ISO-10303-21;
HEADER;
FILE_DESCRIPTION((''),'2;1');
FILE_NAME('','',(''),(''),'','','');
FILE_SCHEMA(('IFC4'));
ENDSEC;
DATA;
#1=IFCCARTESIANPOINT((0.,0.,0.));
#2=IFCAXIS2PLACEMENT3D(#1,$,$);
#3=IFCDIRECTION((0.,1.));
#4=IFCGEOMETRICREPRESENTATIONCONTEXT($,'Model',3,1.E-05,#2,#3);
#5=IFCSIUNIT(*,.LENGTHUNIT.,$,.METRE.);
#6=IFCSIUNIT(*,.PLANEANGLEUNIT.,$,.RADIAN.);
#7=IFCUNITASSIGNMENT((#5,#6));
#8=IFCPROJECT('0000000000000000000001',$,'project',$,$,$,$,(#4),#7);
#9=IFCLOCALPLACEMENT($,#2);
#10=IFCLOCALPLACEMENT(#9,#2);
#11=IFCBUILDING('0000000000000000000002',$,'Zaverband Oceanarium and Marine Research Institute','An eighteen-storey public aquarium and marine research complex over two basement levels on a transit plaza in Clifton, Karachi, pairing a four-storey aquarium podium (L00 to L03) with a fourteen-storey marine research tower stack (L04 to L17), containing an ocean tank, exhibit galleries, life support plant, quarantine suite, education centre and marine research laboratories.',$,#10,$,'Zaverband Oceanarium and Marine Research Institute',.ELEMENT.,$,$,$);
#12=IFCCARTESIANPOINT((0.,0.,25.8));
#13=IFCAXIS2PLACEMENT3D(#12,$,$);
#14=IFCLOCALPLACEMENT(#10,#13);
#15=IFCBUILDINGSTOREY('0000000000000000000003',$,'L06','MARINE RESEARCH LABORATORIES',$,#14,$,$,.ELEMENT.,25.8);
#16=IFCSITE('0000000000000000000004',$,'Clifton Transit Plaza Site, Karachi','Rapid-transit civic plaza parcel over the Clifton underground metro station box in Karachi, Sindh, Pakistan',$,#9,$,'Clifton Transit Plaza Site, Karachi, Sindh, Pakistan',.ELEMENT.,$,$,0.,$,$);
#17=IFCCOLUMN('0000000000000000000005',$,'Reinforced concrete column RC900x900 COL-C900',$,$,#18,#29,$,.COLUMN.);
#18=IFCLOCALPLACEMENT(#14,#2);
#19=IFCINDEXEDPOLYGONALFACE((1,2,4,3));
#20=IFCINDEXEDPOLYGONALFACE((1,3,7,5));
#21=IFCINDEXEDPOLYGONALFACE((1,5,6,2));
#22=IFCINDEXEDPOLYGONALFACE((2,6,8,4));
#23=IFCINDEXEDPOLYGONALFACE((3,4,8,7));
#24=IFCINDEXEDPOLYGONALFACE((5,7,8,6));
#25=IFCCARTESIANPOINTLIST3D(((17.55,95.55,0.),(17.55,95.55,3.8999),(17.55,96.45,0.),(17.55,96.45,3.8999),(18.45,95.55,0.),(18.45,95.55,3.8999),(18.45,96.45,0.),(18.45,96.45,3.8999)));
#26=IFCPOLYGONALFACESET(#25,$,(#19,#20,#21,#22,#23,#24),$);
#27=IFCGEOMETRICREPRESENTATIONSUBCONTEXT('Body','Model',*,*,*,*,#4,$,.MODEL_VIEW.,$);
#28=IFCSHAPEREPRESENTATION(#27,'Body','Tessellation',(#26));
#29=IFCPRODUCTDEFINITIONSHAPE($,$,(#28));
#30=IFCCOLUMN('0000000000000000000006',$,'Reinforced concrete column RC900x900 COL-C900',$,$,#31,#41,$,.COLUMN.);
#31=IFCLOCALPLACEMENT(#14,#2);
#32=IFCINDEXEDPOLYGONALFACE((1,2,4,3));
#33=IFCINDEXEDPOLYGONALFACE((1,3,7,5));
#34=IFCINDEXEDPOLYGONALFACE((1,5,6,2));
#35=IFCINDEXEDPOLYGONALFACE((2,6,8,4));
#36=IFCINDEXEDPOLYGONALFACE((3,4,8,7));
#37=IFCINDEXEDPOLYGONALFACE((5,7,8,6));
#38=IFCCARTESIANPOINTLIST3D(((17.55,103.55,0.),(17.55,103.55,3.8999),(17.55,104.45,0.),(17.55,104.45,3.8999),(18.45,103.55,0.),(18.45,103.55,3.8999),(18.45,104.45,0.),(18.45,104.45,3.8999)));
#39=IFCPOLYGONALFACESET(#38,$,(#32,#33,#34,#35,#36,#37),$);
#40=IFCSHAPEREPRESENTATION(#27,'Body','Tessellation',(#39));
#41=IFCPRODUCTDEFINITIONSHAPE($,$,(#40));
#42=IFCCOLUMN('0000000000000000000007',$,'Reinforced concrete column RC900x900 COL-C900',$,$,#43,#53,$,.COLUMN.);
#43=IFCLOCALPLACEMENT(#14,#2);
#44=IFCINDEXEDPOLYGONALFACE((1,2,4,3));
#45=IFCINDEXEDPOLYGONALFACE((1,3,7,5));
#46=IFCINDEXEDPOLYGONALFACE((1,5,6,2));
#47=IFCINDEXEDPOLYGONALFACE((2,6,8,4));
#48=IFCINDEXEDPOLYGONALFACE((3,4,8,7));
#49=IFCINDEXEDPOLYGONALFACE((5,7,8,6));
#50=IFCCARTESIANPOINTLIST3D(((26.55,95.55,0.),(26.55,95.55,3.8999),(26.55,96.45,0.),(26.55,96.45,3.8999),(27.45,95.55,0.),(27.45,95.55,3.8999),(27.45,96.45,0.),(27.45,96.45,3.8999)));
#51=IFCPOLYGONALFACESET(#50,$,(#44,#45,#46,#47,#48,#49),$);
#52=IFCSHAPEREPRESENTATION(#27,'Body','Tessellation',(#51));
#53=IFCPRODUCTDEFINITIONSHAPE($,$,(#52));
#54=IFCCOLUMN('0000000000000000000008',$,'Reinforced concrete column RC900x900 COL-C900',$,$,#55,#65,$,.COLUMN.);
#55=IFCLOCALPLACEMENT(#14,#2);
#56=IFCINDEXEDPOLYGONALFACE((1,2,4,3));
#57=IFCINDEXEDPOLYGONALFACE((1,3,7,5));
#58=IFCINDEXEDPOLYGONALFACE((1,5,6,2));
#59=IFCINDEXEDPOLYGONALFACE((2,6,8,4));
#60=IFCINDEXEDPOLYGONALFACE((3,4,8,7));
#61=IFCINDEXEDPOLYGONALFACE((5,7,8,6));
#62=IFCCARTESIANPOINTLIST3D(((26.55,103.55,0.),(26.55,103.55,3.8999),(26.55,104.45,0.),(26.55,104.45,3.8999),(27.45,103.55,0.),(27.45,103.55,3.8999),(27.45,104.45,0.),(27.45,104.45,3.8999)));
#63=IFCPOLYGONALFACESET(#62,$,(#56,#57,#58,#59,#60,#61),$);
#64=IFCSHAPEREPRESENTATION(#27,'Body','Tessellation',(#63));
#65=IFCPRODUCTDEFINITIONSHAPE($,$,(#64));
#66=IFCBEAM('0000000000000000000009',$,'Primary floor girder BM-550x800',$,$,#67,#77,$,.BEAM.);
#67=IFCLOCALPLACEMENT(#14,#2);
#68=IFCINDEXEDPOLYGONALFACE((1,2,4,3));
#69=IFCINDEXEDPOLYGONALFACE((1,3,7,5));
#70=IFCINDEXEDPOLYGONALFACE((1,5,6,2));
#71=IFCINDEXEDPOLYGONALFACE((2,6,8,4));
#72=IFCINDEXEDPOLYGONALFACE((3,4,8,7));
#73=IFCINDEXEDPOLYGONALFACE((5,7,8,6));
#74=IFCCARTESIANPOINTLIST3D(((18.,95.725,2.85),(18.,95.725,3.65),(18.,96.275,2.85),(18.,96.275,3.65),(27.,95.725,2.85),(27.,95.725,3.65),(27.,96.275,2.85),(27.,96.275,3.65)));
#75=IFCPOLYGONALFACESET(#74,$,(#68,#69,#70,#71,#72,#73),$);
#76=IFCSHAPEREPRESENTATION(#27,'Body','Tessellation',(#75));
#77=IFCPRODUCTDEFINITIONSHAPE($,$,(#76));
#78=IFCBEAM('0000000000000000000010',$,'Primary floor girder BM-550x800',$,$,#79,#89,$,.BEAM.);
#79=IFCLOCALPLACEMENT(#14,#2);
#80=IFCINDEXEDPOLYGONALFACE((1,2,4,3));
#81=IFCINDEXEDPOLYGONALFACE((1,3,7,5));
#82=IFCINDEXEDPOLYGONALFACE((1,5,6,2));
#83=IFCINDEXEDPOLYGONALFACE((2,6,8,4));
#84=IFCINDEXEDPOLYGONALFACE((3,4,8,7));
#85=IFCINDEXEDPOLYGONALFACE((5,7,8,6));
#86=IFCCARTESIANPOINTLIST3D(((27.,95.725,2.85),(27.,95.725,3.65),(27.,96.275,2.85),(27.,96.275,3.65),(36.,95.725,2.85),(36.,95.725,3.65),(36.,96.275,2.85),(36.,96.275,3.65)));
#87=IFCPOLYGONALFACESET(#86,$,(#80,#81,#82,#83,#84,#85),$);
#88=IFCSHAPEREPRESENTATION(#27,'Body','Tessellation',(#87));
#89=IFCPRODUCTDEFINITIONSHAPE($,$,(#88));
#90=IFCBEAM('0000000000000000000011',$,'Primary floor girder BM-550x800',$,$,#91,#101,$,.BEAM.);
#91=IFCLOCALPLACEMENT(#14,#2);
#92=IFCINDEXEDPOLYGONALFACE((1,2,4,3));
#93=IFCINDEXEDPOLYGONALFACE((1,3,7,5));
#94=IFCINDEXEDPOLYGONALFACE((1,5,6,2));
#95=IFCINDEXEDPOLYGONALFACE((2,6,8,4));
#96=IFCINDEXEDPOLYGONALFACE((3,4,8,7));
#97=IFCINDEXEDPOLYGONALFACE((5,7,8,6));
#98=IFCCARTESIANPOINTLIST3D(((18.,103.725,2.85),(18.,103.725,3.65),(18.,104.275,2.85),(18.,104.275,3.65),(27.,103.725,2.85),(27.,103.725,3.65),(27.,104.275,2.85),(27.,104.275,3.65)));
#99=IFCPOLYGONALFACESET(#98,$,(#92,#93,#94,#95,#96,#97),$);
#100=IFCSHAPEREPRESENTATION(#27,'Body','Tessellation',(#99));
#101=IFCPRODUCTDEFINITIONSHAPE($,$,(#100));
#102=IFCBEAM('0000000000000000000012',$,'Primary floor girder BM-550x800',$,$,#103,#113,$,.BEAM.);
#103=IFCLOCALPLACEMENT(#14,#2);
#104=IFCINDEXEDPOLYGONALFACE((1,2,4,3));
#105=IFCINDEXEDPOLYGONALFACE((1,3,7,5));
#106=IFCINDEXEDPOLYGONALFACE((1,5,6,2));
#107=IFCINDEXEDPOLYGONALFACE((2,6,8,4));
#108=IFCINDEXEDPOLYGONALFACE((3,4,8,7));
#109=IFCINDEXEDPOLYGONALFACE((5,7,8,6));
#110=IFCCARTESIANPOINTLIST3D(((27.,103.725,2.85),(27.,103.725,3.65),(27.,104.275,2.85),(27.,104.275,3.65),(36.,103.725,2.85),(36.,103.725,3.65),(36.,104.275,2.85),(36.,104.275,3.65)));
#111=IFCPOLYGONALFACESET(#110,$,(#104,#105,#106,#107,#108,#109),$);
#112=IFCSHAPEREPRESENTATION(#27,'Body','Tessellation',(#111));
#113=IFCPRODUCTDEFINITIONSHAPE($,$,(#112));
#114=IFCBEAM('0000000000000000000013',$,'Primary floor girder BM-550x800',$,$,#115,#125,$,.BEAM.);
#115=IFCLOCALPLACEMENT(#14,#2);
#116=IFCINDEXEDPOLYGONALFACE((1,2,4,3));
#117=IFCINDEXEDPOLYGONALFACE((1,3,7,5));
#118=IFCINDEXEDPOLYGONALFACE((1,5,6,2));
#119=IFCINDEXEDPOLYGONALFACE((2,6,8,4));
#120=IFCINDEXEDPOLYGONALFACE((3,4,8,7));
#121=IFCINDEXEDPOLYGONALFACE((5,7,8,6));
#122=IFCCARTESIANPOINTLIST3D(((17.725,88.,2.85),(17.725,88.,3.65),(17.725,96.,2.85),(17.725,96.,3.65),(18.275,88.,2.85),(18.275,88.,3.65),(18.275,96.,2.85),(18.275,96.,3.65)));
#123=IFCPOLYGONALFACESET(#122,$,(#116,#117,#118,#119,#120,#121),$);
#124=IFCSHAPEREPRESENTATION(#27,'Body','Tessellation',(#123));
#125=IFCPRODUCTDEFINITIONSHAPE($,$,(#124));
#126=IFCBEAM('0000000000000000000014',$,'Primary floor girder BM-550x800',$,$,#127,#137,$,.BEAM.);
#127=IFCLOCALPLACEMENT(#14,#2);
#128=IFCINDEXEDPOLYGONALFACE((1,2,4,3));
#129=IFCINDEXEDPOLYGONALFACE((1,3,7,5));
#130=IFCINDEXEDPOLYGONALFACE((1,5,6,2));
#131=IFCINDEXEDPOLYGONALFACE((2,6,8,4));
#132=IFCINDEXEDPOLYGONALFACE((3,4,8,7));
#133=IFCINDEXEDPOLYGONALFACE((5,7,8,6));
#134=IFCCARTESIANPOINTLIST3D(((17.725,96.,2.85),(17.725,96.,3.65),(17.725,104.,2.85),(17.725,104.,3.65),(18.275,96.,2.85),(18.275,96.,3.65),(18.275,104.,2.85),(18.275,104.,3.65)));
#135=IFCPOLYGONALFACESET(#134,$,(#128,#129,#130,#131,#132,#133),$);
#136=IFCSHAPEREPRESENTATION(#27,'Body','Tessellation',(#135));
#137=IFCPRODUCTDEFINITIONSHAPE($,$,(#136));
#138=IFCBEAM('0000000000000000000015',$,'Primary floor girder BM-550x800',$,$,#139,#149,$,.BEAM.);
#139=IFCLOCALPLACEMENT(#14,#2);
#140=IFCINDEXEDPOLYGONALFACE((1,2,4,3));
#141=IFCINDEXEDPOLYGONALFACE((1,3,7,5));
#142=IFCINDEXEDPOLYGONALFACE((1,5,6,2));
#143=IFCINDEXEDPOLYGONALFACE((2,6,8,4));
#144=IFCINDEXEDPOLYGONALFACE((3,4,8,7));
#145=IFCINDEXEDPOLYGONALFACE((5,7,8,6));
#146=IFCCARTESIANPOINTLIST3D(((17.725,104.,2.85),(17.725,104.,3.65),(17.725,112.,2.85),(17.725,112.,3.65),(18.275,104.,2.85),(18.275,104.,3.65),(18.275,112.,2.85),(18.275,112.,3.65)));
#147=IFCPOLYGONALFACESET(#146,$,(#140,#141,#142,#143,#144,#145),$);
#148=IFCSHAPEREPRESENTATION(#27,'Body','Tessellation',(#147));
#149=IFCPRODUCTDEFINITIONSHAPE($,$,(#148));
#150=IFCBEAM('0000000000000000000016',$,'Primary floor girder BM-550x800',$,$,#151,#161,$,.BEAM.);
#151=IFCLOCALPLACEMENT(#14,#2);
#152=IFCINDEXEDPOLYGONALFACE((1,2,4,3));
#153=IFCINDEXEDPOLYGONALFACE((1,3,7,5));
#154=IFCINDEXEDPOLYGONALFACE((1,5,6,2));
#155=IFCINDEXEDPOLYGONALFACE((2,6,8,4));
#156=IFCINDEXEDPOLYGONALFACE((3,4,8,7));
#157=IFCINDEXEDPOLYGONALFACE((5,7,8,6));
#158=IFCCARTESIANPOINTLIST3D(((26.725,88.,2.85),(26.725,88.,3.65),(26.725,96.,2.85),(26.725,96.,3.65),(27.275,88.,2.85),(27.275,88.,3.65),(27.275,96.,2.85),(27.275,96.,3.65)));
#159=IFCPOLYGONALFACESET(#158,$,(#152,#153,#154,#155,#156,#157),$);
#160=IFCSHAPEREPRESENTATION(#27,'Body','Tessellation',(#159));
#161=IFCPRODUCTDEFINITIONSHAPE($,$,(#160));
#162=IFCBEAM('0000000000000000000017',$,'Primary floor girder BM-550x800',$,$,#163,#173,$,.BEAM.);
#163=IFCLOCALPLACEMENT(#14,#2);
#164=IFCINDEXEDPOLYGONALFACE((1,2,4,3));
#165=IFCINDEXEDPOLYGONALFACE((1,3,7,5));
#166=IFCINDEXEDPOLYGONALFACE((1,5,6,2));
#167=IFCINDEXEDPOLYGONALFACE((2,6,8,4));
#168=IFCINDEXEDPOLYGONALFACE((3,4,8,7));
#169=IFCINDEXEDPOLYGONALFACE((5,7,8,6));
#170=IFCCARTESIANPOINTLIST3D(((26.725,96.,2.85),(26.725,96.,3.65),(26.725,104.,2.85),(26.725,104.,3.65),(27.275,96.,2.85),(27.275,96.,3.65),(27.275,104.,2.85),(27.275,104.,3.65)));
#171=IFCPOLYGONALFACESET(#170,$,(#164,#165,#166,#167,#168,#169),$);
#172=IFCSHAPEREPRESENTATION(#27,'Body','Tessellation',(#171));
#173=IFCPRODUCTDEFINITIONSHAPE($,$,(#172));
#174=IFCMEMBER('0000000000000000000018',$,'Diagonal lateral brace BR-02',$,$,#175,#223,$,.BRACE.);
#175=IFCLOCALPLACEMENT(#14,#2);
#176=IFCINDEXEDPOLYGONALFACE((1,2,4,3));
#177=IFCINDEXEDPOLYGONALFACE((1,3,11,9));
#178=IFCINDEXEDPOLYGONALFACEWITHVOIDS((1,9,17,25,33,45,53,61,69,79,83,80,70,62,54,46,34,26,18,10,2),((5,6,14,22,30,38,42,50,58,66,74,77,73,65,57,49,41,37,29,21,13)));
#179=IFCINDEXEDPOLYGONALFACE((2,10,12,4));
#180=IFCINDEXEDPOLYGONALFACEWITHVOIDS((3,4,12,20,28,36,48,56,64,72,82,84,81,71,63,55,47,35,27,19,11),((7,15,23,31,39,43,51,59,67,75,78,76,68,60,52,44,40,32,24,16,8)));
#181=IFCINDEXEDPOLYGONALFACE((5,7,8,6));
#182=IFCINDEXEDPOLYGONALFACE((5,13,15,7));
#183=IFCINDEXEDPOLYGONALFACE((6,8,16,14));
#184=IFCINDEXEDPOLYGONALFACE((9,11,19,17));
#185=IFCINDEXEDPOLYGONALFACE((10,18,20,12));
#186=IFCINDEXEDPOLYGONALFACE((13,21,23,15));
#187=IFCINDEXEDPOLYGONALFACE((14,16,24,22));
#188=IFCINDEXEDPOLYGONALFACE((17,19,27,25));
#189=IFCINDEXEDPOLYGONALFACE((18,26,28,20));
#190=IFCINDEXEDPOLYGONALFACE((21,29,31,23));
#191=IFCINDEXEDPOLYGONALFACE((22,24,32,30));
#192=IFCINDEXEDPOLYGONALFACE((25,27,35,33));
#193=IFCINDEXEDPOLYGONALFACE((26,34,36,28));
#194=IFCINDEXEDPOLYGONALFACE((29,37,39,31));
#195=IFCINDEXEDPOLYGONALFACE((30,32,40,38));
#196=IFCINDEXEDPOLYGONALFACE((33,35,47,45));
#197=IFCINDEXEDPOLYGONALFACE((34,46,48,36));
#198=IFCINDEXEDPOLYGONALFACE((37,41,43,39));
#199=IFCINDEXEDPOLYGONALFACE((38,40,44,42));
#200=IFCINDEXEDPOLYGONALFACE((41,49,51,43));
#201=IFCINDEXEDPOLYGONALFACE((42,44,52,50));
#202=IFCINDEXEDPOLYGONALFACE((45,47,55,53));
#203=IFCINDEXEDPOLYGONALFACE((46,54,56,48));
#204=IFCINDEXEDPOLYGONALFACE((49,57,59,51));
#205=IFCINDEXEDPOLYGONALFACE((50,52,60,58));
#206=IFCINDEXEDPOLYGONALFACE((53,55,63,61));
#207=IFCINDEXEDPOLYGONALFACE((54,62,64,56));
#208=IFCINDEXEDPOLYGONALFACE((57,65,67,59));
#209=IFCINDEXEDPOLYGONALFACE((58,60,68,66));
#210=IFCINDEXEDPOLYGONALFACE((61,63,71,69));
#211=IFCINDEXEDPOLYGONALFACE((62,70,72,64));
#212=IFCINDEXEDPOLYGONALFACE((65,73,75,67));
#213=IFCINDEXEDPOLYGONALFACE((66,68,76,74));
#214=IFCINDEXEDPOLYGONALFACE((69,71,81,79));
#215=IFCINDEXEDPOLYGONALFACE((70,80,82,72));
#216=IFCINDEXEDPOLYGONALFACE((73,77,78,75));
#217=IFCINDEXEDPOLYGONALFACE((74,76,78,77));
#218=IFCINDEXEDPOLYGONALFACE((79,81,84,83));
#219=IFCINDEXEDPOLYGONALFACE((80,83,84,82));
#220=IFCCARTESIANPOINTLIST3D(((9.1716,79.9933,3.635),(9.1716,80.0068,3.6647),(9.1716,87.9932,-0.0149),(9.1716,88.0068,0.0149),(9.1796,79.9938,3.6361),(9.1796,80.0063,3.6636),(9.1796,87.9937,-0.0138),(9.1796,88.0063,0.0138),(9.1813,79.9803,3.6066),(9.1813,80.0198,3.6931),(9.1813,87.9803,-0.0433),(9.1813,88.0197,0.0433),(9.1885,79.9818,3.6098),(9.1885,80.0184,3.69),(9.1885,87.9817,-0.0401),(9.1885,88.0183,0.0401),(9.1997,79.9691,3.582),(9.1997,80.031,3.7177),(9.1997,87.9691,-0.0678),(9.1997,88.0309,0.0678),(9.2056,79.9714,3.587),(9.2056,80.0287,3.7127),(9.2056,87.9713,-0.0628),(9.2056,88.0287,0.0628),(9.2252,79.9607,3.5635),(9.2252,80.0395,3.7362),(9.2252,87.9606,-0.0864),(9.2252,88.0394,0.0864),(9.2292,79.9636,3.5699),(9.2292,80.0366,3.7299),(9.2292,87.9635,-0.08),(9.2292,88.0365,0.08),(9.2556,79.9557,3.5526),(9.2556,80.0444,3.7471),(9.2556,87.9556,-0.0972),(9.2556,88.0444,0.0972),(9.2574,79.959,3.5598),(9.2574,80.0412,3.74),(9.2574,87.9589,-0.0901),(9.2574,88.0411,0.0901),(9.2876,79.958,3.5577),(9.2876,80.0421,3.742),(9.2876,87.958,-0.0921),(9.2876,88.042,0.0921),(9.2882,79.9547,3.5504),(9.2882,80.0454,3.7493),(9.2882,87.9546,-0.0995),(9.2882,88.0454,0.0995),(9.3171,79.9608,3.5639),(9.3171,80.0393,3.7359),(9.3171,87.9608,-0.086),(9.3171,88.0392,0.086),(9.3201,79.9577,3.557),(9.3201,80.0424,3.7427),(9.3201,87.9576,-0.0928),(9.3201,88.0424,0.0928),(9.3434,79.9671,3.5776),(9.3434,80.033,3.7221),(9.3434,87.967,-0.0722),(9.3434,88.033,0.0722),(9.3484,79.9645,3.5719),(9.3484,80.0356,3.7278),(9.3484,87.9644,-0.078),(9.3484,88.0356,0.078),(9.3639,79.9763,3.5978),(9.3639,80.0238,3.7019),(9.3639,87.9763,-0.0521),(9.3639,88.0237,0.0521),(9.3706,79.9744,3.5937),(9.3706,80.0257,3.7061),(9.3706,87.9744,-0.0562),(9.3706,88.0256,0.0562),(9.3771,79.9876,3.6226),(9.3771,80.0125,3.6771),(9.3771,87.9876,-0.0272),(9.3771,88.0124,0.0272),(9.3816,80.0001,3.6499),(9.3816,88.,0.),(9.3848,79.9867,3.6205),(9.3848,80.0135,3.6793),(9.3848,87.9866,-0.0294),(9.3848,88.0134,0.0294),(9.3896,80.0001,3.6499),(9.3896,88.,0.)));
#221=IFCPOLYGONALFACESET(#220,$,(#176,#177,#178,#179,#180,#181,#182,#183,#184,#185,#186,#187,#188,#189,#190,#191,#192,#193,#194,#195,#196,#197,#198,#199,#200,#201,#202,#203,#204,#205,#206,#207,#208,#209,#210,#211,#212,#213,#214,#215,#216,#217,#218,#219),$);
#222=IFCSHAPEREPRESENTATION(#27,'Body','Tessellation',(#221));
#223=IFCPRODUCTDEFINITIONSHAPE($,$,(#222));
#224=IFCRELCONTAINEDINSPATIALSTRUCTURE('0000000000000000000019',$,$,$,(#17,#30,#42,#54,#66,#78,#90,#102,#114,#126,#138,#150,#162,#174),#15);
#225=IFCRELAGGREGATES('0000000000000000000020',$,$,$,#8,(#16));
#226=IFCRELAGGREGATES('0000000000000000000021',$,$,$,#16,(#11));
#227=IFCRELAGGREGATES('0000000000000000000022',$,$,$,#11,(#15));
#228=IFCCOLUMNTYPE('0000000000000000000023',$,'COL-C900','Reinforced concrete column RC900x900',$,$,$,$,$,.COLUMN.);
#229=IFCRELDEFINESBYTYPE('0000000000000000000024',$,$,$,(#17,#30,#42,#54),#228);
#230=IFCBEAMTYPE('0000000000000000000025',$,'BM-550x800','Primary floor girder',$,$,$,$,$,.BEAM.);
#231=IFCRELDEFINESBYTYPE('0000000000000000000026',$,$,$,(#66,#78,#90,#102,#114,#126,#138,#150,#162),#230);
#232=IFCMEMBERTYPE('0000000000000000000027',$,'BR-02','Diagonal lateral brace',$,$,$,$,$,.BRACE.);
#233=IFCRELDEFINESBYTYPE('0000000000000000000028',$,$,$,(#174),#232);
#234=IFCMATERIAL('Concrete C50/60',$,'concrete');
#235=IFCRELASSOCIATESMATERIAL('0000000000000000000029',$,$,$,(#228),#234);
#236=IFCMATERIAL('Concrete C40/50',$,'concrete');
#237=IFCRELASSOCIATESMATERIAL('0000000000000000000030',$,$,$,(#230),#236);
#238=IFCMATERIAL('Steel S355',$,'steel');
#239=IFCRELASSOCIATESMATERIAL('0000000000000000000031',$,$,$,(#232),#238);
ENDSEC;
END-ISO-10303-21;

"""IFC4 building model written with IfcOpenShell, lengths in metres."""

from ifc_helpers import new_model, si_unit, direction, frame, origin, origin_2d, place, context, subcontext, project, spatial, rectangle, hollow_circle, extrude, material, material_profile, profile_set, type_object, element, save


model = new_model("IFC4")

# Units and contexts
model_context = context("Model", 3, precision=1e-05, world=origin(), true_north=direction((0.0, 1.0)))
body_context = subcontext(model_context, "Body", "Model", "MODEL_VIEW")
ifc_project = project(units=[si_unit("LENGTHUNIT", "METRE"), si_unit("PLANEANGLEUNIT", "RADIAN")], contexts=[model_context])

# Site, building, storey
site_placement = place(None, origin())
site = spatial("IfcSite", under=ifc_project, at=site_placement, Name="Clifton Transit Plaza Site, Karachi", Description="Rapid-transit civic plaza parcel over the Clifton underground metro station box in Karachi, Sindh, Pakistan", LongName="Clifton Transit Plaza Site, Karachi, Sindh, Pakistan", CompositionType="ELEMENT", RefElevation=0.0)
building_placement = place(site_placement, origin())
building = spatial("IfcBuilding", under=site, at=building_placement, Name="Zaverband Oceanarium and Marine Research Institute", Description="An eighteen-storey public aquarium and marine research complex over two basement levels on a transit plaza in Clifton, Karachi, pairing a four-storey aquarium podium (L00 to L03) with a fourteen-storey marine research tower stack (L04 to L17), containing an ocean tank, exhibit galleries, life support plant, quarantine suite, education centre and marine research laboratories.", LongName="Zaverband Oceanarium and Marine Research Institute", CompositionType="ELEMENT")
storey_placement = place(building_placement, frame((0.0, 0.0, 25.8)))
storey = spatial("IfcBuildingStorey", under=building, at=storey_placement, Name="L06", Description="MARINE RESEARCH LABORATORIES", CompositionType="ELEMENT", Elevation=25.8)

# Columns
ifc_material_1 = material(Name="Concrete C50/60", Category="concrete")
ifc_material_profile_1 = material_profile(ifc_material_1, rectangle(XDim=0.8999, YDim=0.8999, at=origin_2d()), Name="RC900x900")
ifc_profile_set_1 = profile_set([ifc_material_profile_1], Name="Concrete C50/60")
column_type = type_object("IfcColumnType", Name="COL-C900", Description="Reinforced concrete column RC900x900", PredefinedType="COLUMN", material=ifc_profile_set_1)
for number, where, z_axis, x_axis, name in (
    (1, (18.0, 96.0, 0.0), (0.0, 0.0, 1.0), (1.0, 0.0, 0.0), "Reinforced concrete column RC900x900 COL-C900"),
    (2, (18.0, 104.0, 0.0), (0.0, 0.0, 1.0), (1.0, 0.0, 0.0), "Reinforced concrete column RC900x900 COL-C900"),
    (3, (27.0, 96.0, 0.0), (0.0, 0.0, 1.0), (1.0, 0.0, 0.0), "Reinforced concrete column RC900x900 COL-C900"),
    (4, (27.0, 104.0, 0.0), (0.0, 0.0, 1.0), (1.0, 0.0, 0.0), "Reinforced concrete column RC900x900 COL-C900"),
):
    element("IfcColumn", number, at=place(storey_placement, frame(where, z_axis=z_axis, x_axis=x_axis)), inside=storey, type_object=column_type, Name=name, PredefinedType="COLUMN", context=body_context, shape_type="SweptSolid", body=[
        extrude(rectangle(XDim=0.8999, YDim=0.8999, at=origin_2d()), origin(), (0.0, 0.0, 1.0), 3.8999),
    ])

# Beams
ifc_material_2 = material(Name="Concrete C40/50", Category="concrete")
ifc_material_profile_2 = material_profile(ifc_material_2, rectangle(XDim=0.55, YDim=0.8, at=origin_2d()), Name="RC550x800")
ifc_profile_set_2 = profile_set([ifc_material_profile_2], Name="Concrete C40/50")
beam_type_1 = type_object("IfcBeamType", Name="BM-550x800", Description="Primary floor girder", PredefinedType="BEAM", material=ifc_profile_set_2)
for number, where, z_axis, x_axis, name in (
    (5, (18.0, 96.0, 3.25), (1.0, 0.0, 0.0), (0.0, 1.0, 0.0), "Primary floor girder BM-550x800"),
    (6, (27.0, 96.0, 3.25), (1.0, 0.0, 0.0), (0.0, 1.0, 0.0), "Primary floor girder BM-550x800"),
    (7, (18.0, 104.0, 3.25), (1.0, 0.0, 0.0), (0.0, 1.0, 0.0), "Primary floor girder BM-550x800"),
    (8, (27.0, 104.0, 3.25), (1.0, 0.0, 0.0), (0.0, 1.0, 0.0), "Primary floor girder BM-550x800"),
):
    element("IfcBeam", number, at=place(storey_placement, frame(where, z_axis=z_axis, x_axis=x_axis)), inside=storey, type_object=beam_type_1, Name=name, PredefinedType="BEAM", context=body_context, shape_type="SweptSolid", body=[
        extrude(rectangle(XDim=0.55, YDim=0.8, at=origin_2d()), origin(), (0.0, 0.0, 1.0), 9.0),
    ])
for number, where, z_axis, x_axis, name in (
    (9, (18.0, 88.0, 3.25), (0.0, 1.0, 0.0), (-1.0, 0.0, 0.0), "Primary floor girder BM-550x800"),
    (10, (18.0, 96.0, 3.25), (0.0, 1.0, 0.0), (-1.0, 0.0, 0.0), "Primary floor girder BM-550x800"),
    (11, (18.0, 104.0, 3.25), (0.0, 1.0, 0.0), (-1.0, 0.0, 0.0), "Primary floor girder BM-550x800"),
    (12, (27.0, 88.0, 3.25), (0.0, 1.0, 0.0), (-1.0, 0.0, 0.0), "Primary floor girder BM-550x800"),
    (13, (27.0, 96.0, 3.25), (0.0, 1.0, 0.0), (-1.0, 0.0, 0.0), "Primary floor girder BM-550x800"),
):
    element("IfcBeam", number, at=place(storey_placement, frame(where, z_axis=z_axis, x_axis=x_axis)), inside=storey, type_object=beam_type_1, Name=name, PredefinedType="BEAM", context=body_context, shape_type="SweptSolid", body=[
        extrude(rectangle(XDim=0.55, YDim=0.8, at=origin_2d()), origin(), (0.0, 0.0, 1.0), 8.0),
    ])

# Member
ifc_material_3 = material(Name="Steel S355", Category="steel")
ifc_material_profile_3 = material_profile(ifc_material_3, hollow_circle(Radius=0.1096, WallThickness=0.0081, at=origin_2d()), Name="CHS219x8")
ifc_profile_set_3 = profile_set([ifc_material_profile_3], Name="Steel S355")
member_type = type_object("IfcMemberType", Name="BR-02", Description="Diagonal lateral brace", PredefinedType="BRACE", material=ifc_profile_set_3)
member_placement = place(storey_placement, frame((9.28, 88.0, 0.0), z_axis=(0.0, -0.909786, 0.415079), x_axis=(1.0, 0.0, 0.0)))
element("IfcMember", 14, at=member_placement, inside=storey, type_object=member_type, Name="Diagonal lateral brace BR-02", PredefinedType="BRACE", context=body_context, shape_type="SweptSolid", body=[
    extrude(hollow_circle(Radius=0.1096, WallThickness=0.0081, at=origin_2d()), origin(), (0.0, 0.0, 1.0), 8.7932),
])

save(model, "model.ifc")
